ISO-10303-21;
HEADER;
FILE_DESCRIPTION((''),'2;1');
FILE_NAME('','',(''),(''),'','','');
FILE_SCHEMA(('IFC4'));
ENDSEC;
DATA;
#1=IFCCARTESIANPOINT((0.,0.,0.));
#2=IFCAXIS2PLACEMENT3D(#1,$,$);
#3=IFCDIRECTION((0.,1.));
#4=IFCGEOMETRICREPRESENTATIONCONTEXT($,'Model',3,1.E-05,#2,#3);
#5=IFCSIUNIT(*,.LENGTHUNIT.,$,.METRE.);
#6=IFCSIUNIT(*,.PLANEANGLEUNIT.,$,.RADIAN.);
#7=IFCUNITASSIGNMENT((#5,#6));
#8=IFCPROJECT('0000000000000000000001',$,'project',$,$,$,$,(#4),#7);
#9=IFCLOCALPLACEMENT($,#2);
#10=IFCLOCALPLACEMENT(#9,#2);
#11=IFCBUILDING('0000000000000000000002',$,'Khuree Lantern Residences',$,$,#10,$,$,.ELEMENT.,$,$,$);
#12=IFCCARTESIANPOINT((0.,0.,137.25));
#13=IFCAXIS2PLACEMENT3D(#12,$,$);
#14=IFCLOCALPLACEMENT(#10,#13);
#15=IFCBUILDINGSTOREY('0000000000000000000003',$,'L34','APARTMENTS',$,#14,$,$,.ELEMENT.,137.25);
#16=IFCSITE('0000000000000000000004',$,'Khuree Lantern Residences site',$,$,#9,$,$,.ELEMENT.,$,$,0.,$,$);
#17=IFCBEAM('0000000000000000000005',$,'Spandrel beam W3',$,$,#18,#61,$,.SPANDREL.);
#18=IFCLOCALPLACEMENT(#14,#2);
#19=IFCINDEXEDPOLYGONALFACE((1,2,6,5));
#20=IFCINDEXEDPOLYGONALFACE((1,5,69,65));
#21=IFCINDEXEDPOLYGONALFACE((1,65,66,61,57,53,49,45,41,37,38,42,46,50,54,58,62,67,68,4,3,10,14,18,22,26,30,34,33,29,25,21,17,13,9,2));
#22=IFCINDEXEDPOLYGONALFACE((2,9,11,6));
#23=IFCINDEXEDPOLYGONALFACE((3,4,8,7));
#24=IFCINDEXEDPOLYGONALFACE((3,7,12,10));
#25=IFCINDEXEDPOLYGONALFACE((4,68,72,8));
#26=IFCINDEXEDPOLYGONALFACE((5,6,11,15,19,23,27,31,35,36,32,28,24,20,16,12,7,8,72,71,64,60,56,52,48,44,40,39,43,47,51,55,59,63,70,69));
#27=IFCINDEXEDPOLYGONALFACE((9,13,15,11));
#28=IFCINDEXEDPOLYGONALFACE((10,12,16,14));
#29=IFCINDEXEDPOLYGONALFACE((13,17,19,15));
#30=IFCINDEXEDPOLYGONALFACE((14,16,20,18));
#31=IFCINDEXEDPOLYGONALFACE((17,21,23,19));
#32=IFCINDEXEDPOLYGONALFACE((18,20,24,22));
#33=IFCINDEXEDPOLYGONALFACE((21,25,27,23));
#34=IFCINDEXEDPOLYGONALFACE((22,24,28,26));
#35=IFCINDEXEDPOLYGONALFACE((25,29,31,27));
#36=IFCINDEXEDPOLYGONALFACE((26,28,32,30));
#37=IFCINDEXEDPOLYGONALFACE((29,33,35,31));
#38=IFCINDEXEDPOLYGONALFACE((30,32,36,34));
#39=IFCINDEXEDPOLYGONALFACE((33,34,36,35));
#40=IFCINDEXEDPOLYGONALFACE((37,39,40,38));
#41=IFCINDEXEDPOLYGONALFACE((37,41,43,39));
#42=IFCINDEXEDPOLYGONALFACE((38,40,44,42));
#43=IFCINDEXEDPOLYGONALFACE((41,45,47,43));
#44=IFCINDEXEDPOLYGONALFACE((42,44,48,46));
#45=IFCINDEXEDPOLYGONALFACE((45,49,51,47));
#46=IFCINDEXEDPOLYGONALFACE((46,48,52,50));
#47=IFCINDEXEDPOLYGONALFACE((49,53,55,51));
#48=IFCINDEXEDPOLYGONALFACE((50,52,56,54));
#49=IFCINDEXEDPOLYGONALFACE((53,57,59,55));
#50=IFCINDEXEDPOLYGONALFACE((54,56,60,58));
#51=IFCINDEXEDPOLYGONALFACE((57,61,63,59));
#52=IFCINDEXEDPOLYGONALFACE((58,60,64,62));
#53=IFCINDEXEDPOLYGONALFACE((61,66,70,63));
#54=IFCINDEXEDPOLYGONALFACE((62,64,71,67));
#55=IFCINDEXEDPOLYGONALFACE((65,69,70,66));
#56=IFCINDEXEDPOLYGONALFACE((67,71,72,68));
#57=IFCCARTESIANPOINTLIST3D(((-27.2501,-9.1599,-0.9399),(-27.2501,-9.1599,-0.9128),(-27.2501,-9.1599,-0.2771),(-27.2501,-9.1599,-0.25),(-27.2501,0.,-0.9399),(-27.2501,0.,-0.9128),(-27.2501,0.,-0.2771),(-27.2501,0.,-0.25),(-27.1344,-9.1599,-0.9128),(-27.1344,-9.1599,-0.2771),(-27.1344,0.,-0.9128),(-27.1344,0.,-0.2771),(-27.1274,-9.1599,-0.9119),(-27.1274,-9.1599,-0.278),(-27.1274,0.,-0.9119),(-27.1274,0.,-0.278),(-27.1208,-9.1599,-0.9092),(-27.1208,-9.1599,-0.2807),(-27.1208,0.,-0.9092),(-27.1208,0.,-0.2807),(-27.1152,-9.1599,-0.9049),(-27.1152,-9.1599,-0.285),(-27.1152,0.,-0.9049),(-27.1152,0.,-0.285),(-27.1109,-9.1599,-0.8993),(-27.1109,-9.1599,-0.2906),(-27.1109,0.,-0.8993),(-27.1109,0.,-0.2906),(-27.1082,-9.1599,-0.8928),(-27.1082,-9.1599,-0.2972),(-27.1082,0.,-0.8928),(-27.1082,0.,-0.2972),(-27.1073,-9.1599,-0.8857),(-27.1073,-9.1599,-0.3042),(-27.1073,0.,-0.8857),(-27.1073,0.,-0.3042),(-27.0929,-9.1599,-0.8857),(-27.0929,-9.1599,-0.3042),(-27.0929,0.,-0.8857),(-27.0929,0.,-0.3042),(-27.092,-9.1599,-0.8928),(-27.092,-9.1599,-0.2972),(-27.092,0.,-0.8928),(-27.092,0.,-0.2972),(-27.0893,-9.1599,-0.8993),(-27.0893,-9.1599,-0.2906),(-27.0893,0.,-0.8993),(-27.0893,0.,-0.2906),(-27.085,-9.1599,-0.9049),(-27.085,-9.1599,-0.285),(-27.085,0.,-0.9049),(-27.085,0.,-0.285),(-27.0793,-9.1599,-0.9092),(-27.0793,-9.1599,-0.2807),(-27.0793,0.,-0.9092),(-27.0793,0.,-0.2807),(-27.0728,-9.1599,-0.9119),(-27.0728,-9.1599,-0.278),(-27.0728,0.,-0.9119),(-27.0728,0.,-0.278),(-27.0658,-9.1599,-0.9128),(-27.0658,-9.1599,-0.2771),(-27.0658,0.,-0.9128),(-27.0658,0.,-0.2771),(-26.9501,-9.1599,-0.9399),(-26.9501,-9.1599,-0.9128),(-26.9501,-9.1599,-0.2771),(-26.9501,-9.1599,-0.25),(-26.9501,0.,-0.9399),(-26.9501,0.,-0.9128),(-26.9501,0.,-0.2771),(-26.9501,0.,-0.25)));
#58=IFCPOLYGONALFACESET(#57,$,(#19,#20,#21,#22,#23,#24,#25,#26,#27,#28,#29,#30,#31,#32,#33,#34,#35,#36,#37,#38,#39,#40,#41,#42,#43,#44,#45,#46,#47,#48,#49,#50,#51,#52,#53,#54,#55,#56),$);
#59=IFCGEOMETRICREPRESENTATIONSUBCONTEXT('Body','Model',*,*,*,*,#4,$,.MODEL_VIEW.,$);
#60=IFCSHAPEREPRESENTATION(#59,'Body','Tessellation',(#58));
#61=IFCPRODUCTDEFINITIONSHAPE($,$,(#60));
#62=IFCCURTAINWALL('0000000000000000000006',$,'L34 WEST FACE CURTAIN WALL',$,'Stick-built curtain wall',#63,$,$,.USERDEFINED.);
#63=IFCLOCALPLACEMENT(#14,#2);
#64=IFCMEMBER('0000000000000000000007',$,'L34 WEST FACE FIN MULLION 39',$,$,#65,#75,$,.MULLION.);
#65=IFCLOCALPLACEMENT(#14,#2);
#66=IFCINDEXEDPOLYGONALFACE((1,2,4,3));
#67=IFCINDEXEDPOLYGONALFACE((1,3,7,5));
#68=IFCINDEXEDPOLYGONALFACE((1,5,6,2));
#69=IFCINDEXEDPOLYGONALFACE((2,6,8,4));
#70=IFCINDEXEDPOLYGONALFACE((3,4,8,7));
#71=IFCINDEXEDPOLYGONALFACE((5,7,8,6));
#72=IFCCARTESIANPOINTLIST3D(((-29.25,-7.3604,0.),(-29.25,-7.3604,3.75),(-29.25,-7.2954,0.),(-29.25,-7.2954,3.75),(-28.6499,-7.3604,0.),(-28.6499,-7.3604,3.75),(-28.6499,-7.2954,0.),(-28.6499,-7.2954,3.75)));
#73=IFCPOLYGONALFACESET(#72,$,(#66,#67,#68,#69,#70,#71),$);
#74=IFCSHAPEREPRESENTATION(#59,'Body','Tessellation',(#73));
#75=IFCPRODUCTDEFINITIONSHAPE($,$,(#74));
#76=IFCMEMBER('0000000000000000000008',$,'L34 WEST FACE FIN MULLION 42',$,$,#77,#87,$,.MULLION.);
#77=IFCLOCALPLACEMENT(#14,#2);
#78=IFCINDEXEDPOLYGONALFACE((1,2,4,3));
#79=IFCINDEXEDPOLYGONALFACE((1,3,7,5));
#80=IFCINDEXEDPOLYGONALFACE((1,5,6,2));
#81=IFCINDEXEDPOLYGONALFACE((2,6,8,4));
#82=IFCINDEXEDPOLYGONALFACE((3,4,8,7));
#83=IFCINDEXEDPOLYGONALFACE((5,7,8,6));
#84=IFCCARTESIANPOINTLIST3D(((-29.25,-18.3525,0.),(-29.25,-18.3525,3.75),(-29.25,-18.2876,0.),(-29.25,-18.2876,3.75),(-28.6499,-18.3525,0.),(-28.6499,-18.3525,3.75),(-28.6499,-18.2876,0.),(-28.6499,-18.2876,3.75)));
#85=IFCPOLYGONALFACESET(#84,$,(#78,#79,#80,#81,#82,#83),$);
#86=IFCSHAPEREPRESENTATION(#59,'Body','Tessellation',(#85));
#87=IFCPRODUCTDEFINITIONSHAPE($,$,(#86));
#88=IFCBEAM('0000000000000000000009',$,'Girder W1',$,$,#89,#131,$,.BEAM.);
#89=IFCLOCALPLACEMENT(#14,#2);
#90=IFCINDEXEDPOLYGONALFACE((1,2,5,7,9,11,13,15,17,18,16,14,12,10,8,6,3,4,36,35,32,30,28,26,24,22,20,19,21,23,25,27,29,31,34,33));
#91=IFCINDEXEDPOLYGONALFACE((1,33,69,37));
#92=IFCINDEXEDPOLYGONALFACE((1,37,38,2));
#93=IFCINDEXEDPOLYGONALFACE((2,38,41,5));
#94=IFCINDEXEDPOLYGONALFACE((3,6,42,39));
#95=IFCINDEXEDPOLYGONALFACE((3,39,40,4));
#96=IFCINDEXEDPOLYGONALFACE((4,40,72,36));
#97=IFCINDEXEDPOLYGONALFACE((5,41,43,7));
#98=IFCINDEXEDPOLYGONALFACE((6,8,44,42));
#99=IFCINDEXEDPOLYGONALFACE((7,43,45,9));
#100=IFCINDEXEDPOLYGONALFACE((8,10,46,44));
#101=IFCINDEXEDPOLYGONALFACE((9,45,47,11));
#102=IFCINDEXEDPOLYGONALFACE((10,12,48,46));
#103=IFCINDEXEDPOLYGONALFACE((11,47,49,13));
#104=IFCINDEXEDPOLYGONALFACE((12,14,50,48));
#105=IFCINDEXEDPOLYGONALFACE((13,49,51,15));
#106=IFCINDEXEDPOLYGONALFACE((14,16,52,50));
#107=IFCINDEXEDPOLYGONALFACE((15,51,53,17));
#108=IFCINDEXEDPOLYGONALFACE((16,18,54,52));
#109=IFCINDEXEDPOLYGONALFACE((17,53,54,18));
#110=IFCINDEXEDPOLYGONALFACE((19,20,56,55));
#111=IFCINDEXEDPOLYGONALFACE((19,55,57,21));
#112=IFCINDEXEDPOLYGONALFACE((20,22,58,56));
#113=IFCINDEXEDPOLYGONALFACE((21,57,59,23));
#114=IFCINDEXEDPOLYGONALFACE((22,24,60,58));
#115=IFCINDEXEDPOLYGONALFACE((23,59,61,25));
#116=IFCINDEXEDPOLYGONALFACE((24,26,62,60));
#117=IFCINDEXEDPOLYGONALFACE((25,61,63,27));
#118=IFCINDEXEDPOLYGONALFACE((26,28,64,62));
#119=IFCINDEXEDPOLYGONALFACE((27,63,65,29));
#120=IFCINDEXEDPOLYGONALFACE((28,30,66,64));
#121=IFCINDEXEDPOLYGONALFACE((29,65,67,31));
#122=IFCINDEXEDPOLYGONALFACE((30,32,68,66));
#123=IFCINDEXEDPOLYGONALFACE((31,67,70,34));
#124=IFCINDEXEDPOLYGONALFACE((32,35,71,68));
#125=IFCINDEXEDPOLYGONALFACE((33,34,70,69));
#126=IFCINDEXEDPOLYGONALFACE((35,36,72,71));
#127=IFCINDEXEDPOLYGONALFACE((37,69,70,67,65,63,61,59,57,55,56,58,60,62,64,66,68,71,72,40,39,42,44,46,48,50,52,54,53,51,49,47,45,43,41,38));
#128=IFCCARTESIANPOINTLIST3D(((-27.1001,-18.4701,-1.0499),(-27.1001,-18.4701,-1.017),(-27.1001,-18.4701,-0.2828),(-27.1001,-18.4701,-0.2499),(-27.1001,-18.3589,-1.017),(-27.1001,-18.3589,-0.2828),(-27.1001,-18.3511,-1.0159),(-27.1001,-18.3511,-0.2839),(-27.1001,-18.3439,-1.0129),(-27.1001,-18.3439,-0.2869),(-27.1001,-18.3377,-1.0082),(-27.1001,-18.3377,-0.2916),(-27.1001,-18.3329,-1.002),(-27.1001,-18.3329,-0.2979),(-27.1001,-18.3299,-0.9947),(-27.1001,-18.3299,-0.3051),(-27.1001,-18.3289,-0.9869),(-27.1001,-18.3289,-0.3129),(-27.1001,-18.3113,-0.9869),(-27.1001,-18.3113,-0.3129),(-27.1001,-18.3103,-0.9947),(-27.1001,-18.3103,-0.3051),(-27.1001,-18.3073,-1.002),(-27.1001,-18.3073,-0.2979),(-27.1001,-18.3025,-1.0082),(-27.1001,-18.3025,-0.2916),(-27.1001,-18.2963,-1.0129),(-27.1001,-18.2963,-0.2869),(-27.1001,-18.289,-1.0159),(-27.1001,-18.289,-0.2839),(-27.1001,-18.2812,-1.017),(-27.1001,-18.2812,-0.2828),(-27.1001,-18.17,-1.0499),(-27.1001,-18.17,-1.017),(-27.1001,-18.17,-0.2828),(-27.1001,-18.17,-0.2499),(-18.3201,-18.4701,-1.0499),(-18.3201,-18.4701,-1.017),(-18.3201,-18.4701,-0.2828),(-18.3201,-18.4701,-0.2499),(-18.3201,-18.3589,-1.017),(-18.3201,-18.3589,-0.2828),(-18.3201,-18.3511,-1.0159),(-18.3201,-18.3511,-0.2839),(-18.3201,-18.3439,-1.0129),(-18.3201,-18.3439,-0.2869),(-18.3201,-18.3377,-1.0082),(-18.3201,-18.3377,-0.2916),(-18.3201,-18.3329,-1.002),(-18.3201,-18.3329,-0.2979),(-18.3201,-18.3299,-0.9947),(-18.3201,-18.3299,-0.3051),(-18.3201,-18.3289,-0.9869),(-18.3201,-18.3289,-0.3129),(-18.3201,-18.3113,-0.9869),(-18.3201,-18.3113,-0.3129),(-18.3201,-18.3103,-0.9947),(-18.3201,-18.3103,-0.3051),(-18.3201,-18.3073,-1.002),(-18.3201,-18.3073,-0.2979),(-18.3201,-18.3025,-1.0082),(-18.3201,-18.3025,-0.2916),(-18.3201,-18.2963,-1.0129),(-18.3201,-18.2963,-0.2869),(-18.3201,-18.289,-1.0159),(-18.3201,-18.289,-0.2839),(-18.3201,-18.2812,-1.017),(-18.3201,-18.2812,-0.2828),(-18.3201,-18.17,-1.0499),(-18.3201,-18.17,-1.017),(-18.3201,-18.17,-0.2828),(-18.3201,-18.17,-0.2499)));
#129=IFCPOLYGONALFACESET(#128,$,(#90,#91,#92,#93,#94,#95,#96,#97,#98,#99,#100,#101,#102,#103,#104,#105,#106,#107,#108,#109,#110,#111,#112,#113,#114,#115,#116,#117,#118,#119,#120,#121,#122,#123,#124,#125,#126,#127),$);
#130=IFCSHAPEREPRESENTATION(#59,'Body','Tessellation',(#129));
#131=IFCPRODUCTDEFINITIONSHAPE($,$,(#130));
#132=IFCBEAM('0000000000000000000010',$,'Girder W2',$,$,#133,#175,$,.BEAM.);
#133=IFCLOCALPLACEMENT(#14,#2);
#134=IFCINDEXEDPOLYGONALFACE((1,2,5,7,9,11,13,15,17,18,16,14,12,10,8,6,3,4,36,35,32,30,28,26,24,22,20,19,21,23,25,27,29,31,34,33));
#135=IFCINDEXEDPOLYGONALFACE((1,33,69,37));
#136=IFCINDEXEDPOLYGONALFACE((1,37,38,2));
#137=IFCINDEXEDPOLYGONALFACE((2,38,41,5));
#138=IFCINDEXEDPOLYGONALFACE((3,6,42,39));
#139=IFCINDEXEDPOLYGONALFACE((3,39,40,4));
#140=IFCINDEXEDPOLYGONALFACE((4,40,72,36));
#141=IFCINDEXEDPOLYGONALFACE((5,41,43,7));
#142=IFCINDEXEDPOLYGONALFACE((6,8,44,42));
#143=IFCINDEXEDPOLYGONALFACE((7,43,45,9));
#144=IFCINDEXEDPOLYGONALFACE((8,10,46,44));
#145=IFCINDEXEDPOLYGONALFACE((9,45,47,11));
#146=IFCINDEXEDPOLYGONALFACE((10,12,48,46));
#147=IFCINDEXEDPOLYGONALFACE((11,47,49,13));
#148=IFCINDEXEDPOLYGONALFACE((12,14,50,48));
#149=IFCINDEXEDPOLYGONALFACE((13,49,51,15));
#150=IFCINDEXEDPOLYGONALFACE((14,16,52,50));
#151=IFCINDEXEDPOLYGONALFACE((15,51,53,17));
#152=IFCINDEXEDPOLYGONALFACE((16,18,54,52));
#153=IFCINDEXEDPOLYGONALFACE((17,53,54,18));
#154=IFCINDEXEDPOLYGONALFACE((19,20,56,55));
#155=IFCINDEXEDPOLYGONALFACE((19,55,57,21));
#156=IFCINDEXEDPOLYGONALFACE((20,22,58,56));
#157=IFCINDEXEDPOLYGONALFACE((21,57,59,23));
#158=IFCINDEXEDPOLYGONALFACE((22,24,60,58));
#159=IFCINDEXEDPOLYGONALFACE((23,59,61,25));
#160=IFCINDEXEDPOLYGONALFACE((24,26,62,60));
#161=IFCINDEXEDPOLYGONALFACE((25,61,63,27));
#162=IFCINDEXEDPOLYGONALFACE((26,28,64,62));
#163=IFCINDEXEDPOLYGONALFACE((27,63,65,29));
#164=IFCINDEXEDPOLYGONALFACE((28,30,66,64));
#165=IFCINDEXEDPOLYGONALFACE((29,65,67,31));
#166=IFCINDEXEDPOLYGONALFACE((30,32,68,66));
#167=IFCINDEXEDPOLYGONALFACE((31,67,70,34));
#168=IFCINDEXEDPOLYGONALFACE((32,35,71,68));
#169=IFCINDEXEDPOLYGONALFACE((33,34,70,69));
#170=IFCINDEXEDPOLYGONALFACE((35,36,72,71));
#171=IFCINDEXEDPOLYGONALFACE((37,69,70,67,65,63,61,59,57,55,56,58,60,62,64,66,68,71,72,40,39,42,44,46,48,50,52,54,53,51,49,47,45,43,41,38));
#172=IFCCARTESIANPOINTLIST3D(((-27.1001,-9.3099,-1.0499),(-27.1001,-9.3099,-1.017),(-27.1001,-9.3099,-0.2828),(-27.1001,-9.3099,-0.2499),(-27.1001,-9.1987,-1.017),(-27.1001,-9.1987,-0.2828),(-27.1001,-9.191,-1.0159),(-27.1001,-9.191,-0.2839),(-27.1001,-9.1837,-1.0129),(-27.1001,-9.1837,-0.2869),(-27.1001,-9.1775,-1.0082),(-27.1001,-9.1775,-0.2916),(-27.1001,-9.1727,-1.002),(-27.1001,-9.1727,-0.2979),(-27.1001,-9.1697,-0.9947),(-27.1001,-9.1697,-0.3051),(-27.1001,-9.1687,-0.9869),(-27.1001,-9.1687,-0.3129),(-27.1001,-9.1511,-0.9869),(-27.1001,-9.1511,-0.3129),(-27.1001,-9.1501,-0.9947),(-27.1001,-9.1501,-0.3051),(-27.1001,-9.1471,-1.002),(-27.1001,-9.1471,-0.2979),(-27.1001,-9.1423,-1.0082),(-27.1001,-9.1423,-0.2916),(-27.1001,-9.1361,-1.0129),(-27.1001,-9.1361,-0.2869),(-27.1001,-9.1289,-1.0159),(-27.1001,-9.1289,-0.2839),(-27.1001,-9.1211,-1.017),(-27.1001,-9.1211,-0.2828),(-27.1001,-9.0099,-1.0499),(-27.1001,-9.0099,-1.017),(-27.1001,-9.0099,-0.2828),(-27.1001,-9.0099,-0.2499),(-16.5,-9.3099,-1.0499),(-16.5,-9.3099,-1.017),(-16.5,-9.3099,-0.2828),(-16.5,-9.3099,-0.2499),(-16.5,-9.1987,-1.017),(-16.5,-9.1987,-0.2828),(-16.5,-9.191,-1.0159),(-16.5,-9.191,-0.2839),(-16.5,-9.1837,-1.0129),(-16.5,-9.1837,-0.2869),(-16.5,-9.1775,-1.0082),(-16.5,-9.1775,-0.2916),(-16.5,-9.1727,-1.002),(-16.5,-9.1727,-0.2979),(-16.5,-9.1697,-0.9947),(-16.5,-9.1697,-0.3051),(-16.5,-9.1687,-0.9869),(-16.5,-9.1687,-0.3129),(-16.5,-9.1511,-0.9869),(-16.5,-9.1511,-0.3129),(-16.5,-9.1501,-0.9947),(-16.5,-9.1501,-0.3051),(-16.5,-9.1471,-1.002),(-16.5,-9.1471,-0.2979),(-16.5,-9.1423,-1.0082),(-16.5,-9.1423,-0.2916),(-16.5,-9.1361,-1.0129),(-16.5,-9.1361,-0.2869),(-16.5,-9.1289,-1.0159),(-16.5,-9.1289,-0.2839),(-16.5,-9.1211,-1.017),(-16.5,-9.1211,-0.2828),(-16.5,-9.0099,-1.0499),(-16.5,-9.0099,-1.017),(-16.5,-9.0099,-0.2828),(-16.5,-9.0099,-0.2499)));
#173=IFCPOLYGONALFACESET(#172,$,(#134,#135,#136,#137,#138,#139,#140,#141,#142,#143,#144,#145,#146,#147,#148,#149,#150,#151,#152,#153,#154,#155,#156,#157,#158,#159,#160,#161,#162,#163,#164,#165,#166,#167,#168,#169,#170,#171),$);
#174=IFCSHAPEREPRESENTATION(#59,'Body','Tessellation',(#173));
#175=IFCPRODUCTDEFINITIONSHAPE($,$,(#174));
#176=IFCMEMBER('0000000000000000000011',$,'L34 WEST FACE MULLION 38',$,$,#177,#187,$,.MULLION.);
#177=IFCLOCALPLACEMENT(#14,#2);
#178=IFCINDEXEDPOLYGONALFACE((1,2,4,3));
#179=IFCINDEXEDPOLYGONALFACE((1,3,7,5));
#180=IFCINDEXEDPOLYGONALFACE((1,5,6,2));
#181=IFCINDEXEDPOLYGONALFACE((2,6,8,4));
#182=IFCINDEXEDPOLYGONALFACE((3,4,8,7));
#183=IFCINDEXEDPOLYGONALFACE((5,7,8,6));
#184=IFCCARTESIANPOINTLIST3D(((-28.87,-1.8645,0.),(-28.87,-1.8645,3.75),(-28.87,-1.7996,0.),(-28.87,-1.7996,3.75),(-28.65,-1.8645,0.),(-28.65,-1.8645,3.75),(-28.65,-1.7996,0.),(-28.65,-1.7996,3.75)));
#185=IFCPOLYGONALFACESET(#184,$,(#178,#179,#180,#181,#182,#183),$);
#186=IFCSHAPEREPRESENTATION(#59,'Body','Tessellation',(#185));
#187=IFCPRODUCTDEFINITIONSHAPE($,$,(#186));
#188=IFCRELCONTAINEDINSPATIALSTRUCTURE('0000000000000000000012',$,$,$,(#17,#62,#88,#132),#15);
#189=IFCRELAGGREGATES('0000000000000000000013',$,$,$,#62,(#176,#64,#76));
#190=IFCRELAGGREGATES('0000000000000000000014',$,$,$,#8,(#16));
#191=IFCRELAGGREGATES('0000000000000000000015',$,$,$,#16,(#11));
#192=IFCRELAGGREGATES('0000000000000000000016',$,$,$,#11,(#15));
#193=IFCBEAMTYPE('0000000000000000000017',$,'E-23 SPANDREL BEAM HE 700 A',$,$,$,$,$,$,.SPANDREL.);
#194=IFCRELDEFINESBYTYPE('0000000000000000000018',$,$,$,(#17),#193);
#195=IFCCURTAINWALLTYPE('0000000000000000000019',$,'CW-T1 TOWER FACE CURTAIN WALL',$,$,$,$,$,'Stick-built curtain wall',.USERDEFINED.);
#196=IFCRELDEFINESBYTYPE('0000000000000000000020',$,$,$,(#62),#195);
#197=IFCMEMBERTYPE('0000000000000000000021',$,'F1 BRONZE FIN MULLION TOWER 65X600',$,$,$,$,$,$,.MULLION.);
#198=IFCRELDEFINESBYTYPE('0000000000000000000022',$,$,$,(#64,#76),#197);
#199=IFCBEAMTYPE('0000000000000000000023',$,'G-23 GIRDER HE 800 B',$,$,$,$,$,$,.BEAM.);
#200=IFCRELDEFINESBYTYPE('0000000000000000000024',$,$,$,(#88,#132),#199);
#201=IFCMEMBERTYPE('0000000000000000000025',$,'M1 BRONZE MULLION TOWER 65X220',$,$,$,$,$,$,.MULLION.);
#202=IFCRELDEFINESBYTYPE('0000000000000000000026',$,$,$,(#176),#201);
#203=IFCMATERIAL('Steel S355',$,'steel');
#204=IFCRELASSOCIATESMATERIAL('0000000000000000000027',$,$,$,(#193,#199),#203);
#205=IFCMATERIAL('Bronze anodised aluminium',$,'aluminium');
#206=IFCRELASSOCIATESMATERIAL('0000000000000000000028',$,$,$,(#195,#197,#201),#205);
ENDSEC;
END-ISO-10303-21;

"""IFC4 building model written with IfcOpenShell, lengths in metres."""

from ifc_helpers import new_model, si_unit, direction, frame, origin, origin_2d, place, context, subcontext, project, spatial, rectangle, i_section, extrude, material, material_profile, profile_set, type_object, element, aggregate, save


model = new_model("IFC4")

# Units and contexts
model_context = context("Model", 3, precision=1e-05, world=origin(), true_north=direction((0.0, 1.0)))
body_context = subcontext(model_context, "Body", "Model", "MODEL_VIEW")
ifc_project = project(units=[si_unit("LENGTHUNIT", "METRE"), si_unit("PLANEANGLEUNIT", "RADIAN")], contexts=[model_context])

# Site, building, storey
site_placement = place(None, origin())
site = spatial("IfcSite", under=ifc_project, at=site_placement, Name="Khuree Lantern Residences site", CompositionType="ELEMENT", RefElevation=0.0)
building_placement = place(site_placement, origin())
building = spatial("IfcBuilding", under=site, at=building_placement, Name="Khuree Lantern Residences", CompositionType="ELEMENT")
storey_placement = place(building_placement, frame((0.0, 0.0, 137.25)))
storey = spatial("IfcBuildingStorey", under=building, at=storey_placement, Name="L34", Description="APARTMENTS", CompositionType="ELEMENT", Elevation=137.25)

# Beam
ifc_material_1 = material(Name="Steel S355", Category="steel")
ifc_material_profile_1 = material_profile(ifc_material_1, i_section(OverallWidth=0.3, OverallDepth=0.6899, WebThickness=0.0144, FlangeThickness=0.0271, FilletRadius=0.0271, at=origin_2d()), Name="HE 700 A")
ifc_profile_set_1 = profile_set([ifc_material_profile_1], Name="Steel S355")
beam_type_1 = type_object("IfcBeamType", Name="E-23 SPANDREL BEAM HE 700 A", PredefinedType="SPANDREL", material=ifc_profile_set_1)
beam_1_placement = place(storey_placement, frame((-27.1001, -9.1599, -0.595), z_axis=(0.0, 1.0, 0.0), x_axis=(-1.0, 0.0, 0.0)))
element("IfcBeam", 1, at=beam_1_placement, inside=storey, type_object=beam_type_1, Name="Spandrel beam W3", PredefinedType="SPANDREL", context=body_context, shape_type="SweptSolid", body=[
    extrude(i_section(OverallWidth=0.3, OverallDepth=0.6899, WebThickness=0.0144, FlangeThickness=0.0271, FilletRadius=0.0271, at=origin_2d()), origin(), (0.0, 0.0, 1.0), 9.1599),
])

# Curtain wall, members
ifc_material_2 = material(Name="Bronze anodised aluminium", Category="aluminium")
curtain_wall_type = type_object("IfcCurtainWallType", Name="CW-T1 TOWER FACE CURTAIN WALL", ElementType="Stick-built curtain wall", PredefinedType="USERDEFINED", material=ifc_material_2)
curtain_wall_placement = place(storey_placement, origin())
curtain_wall = element("IfcCurtainWall", 2, at=curtain_wall_placement, inside=storey, type_object=curtain_wall_type, Name="L34 WEST FACE CURTAIN WALL", ObjectType="Stick-built curtain wall", PredefinedType="USERDEFINED")
ifc_material_profile_2 = material_profile(ifc_material_2, rectangle(XDim=0.0649, YDim=0.6001, at=origin_2d()), Name="F1 65X600")
ifc_profile_set_2 = profile_set([ifc_material_profile_2], Name="Bronze anodised aluminium")
member_type_1 = type_object("IfcMemberType", Name="F1 BRONZE FIN MULLION TOWER 65X600", PredefinedType="MULLION", material=ifc_profile_set_2)
member_1_placement = place(storey_placement, frame((-28.95, -7.3279, 0.0), z_axis=(0.0, 0.0, 1.0), x_axis=(0.0, -1.0, 0.0)))
member_1 = element("IfcMember", 3, at=member_1_placement, type_object=member_type_1, Name="L34 WEST FACE FIN MULLION 39", PredefinedType="MULLION", context=body_context, shape_type="SweptSolid", body=[
    extrude(rectangle(XDim=0.0649, YDim=0.6001, at=origin_2d()), origin(), (0.0, 0.0, 1.0), 3.75),
])
member_2_placement = place(storey_placement, frame((-28.95, -18.3201, 0.0), z_axis=(0.0, 0.0, 1.0), x_axis=(0.0, -1.0, 0.0)))
member_2 = element("IfcMember", 4, at=member_2_placement, type_object=member_type_1, Name="L34 WEST FACE FIN MULLION 42", PredefinedType="MULLION", context=body_context, shape_type="SweptSolid", body=[
    extrude(rectangle(XDim=0.0649, YDim=0.6001, at=origin_2d()), origin(), (0.0, 0.0, 1.0), 3.75),
])

# Beams
ifc_material_profile_3 = material_profile(ifc_material_1, i_section(OverallWidth=0.3, OverallDepth=0.8, WebThickness=0.0176, FlangeThickness=0.033, FilletRadius=0.03, at=origin_2d()), Name="HE 800 B")
ifc_profile_set_3 = profile_set([ifc_material_profile_3], Name="Steel S355")
beam_type_2 = type_object("IfcBeamType", Name="G-23 GIRDER HE 800 B", PredefinedType="BEAM", material=ifc_profile_set_3)
beam_2_placement = place(storey_placement, frame((-27.1001, -18.3201, -0.6499), z_axis=(1.0, 0.0, 0.0), x_axis=(0.0, 1.0, 0.0)))
element("IfcBeam", 5, at=beam_2_placement, inside=storey, type_object=beam_type_2, Name="Girder W1", PredefinedType="BEAM", context=body_context, shape_type="SweptSolid", body=[
    extrude(i_section(OverallWidth=0.3, OverallDepth=0.8, WebThickness=0.0176, FlangeThickness=0.033, FilletRadius=0.03, at=origin_2d()), origin(), (0.0, 0.0, 1.0), 8.78),
])
beam_3_placement = place(storey_placement, frame((-27.1001, -9.1599, -0.6499), z_axis=(1.0, 0.0, 0.0), x_axis=(0.0, 1.0, 0.0)))
element("IfcBeam", 6, at=beam_3_placement, inside=storey, type_object=beam_type_2, Name="Girder W2", PredefinedType="BEAM", context=body_context, shape_type="SweptSolid", body=[
    extrude(i_section(OverallWidth=0.3, OverallDepth=0.8, WebThickness=0.0176, FlangeThickness=0.033, FilletRadius=0.03, at=origin_2d()), origin(), (0.0, 0.0, 1.0), 10.6001),
])

# Member
ifc_material_profile_4 = material_profile(ifc_material_2, rectangle(XDim=0.0649, YDim=0.22, at=origin_2d()), Name="M1 65X220")
ifc_profile_set_4 = profile_set([ifc_material_profile_4], Name="Bronze anodised aluminium")
member_type_2 = type_object("IfcMemberType", Name="M1 BRONZE MULLION TOWER 65X220", PredefinedType="MULLION", material=ifc_profile_set_4)
member_3_placement = place(storey_placement, frame((-28.76, -1.832, 0.0), z_axis=(0.0, 0.0, 1.0), x_axis=(0.0, -1.0, 0.0)))
member_3 = element("IfcMember", 7, at=member_3_placement, type_object=member_type_2, Name="L34 WEST FACE MULLION 38", PredefinedType="MULLION", context=body_context, shape_type="SweptSolid", body=[
    extrude(rectangle(XDim=0.0649, YDim=0.22, at=origin_2d()), origin(), (0.0, 0.0, 1.0), 3.75),
])

aggregate(curtain_wall, [member_3, member_1, member_2])

save(model, "model.ifc")
